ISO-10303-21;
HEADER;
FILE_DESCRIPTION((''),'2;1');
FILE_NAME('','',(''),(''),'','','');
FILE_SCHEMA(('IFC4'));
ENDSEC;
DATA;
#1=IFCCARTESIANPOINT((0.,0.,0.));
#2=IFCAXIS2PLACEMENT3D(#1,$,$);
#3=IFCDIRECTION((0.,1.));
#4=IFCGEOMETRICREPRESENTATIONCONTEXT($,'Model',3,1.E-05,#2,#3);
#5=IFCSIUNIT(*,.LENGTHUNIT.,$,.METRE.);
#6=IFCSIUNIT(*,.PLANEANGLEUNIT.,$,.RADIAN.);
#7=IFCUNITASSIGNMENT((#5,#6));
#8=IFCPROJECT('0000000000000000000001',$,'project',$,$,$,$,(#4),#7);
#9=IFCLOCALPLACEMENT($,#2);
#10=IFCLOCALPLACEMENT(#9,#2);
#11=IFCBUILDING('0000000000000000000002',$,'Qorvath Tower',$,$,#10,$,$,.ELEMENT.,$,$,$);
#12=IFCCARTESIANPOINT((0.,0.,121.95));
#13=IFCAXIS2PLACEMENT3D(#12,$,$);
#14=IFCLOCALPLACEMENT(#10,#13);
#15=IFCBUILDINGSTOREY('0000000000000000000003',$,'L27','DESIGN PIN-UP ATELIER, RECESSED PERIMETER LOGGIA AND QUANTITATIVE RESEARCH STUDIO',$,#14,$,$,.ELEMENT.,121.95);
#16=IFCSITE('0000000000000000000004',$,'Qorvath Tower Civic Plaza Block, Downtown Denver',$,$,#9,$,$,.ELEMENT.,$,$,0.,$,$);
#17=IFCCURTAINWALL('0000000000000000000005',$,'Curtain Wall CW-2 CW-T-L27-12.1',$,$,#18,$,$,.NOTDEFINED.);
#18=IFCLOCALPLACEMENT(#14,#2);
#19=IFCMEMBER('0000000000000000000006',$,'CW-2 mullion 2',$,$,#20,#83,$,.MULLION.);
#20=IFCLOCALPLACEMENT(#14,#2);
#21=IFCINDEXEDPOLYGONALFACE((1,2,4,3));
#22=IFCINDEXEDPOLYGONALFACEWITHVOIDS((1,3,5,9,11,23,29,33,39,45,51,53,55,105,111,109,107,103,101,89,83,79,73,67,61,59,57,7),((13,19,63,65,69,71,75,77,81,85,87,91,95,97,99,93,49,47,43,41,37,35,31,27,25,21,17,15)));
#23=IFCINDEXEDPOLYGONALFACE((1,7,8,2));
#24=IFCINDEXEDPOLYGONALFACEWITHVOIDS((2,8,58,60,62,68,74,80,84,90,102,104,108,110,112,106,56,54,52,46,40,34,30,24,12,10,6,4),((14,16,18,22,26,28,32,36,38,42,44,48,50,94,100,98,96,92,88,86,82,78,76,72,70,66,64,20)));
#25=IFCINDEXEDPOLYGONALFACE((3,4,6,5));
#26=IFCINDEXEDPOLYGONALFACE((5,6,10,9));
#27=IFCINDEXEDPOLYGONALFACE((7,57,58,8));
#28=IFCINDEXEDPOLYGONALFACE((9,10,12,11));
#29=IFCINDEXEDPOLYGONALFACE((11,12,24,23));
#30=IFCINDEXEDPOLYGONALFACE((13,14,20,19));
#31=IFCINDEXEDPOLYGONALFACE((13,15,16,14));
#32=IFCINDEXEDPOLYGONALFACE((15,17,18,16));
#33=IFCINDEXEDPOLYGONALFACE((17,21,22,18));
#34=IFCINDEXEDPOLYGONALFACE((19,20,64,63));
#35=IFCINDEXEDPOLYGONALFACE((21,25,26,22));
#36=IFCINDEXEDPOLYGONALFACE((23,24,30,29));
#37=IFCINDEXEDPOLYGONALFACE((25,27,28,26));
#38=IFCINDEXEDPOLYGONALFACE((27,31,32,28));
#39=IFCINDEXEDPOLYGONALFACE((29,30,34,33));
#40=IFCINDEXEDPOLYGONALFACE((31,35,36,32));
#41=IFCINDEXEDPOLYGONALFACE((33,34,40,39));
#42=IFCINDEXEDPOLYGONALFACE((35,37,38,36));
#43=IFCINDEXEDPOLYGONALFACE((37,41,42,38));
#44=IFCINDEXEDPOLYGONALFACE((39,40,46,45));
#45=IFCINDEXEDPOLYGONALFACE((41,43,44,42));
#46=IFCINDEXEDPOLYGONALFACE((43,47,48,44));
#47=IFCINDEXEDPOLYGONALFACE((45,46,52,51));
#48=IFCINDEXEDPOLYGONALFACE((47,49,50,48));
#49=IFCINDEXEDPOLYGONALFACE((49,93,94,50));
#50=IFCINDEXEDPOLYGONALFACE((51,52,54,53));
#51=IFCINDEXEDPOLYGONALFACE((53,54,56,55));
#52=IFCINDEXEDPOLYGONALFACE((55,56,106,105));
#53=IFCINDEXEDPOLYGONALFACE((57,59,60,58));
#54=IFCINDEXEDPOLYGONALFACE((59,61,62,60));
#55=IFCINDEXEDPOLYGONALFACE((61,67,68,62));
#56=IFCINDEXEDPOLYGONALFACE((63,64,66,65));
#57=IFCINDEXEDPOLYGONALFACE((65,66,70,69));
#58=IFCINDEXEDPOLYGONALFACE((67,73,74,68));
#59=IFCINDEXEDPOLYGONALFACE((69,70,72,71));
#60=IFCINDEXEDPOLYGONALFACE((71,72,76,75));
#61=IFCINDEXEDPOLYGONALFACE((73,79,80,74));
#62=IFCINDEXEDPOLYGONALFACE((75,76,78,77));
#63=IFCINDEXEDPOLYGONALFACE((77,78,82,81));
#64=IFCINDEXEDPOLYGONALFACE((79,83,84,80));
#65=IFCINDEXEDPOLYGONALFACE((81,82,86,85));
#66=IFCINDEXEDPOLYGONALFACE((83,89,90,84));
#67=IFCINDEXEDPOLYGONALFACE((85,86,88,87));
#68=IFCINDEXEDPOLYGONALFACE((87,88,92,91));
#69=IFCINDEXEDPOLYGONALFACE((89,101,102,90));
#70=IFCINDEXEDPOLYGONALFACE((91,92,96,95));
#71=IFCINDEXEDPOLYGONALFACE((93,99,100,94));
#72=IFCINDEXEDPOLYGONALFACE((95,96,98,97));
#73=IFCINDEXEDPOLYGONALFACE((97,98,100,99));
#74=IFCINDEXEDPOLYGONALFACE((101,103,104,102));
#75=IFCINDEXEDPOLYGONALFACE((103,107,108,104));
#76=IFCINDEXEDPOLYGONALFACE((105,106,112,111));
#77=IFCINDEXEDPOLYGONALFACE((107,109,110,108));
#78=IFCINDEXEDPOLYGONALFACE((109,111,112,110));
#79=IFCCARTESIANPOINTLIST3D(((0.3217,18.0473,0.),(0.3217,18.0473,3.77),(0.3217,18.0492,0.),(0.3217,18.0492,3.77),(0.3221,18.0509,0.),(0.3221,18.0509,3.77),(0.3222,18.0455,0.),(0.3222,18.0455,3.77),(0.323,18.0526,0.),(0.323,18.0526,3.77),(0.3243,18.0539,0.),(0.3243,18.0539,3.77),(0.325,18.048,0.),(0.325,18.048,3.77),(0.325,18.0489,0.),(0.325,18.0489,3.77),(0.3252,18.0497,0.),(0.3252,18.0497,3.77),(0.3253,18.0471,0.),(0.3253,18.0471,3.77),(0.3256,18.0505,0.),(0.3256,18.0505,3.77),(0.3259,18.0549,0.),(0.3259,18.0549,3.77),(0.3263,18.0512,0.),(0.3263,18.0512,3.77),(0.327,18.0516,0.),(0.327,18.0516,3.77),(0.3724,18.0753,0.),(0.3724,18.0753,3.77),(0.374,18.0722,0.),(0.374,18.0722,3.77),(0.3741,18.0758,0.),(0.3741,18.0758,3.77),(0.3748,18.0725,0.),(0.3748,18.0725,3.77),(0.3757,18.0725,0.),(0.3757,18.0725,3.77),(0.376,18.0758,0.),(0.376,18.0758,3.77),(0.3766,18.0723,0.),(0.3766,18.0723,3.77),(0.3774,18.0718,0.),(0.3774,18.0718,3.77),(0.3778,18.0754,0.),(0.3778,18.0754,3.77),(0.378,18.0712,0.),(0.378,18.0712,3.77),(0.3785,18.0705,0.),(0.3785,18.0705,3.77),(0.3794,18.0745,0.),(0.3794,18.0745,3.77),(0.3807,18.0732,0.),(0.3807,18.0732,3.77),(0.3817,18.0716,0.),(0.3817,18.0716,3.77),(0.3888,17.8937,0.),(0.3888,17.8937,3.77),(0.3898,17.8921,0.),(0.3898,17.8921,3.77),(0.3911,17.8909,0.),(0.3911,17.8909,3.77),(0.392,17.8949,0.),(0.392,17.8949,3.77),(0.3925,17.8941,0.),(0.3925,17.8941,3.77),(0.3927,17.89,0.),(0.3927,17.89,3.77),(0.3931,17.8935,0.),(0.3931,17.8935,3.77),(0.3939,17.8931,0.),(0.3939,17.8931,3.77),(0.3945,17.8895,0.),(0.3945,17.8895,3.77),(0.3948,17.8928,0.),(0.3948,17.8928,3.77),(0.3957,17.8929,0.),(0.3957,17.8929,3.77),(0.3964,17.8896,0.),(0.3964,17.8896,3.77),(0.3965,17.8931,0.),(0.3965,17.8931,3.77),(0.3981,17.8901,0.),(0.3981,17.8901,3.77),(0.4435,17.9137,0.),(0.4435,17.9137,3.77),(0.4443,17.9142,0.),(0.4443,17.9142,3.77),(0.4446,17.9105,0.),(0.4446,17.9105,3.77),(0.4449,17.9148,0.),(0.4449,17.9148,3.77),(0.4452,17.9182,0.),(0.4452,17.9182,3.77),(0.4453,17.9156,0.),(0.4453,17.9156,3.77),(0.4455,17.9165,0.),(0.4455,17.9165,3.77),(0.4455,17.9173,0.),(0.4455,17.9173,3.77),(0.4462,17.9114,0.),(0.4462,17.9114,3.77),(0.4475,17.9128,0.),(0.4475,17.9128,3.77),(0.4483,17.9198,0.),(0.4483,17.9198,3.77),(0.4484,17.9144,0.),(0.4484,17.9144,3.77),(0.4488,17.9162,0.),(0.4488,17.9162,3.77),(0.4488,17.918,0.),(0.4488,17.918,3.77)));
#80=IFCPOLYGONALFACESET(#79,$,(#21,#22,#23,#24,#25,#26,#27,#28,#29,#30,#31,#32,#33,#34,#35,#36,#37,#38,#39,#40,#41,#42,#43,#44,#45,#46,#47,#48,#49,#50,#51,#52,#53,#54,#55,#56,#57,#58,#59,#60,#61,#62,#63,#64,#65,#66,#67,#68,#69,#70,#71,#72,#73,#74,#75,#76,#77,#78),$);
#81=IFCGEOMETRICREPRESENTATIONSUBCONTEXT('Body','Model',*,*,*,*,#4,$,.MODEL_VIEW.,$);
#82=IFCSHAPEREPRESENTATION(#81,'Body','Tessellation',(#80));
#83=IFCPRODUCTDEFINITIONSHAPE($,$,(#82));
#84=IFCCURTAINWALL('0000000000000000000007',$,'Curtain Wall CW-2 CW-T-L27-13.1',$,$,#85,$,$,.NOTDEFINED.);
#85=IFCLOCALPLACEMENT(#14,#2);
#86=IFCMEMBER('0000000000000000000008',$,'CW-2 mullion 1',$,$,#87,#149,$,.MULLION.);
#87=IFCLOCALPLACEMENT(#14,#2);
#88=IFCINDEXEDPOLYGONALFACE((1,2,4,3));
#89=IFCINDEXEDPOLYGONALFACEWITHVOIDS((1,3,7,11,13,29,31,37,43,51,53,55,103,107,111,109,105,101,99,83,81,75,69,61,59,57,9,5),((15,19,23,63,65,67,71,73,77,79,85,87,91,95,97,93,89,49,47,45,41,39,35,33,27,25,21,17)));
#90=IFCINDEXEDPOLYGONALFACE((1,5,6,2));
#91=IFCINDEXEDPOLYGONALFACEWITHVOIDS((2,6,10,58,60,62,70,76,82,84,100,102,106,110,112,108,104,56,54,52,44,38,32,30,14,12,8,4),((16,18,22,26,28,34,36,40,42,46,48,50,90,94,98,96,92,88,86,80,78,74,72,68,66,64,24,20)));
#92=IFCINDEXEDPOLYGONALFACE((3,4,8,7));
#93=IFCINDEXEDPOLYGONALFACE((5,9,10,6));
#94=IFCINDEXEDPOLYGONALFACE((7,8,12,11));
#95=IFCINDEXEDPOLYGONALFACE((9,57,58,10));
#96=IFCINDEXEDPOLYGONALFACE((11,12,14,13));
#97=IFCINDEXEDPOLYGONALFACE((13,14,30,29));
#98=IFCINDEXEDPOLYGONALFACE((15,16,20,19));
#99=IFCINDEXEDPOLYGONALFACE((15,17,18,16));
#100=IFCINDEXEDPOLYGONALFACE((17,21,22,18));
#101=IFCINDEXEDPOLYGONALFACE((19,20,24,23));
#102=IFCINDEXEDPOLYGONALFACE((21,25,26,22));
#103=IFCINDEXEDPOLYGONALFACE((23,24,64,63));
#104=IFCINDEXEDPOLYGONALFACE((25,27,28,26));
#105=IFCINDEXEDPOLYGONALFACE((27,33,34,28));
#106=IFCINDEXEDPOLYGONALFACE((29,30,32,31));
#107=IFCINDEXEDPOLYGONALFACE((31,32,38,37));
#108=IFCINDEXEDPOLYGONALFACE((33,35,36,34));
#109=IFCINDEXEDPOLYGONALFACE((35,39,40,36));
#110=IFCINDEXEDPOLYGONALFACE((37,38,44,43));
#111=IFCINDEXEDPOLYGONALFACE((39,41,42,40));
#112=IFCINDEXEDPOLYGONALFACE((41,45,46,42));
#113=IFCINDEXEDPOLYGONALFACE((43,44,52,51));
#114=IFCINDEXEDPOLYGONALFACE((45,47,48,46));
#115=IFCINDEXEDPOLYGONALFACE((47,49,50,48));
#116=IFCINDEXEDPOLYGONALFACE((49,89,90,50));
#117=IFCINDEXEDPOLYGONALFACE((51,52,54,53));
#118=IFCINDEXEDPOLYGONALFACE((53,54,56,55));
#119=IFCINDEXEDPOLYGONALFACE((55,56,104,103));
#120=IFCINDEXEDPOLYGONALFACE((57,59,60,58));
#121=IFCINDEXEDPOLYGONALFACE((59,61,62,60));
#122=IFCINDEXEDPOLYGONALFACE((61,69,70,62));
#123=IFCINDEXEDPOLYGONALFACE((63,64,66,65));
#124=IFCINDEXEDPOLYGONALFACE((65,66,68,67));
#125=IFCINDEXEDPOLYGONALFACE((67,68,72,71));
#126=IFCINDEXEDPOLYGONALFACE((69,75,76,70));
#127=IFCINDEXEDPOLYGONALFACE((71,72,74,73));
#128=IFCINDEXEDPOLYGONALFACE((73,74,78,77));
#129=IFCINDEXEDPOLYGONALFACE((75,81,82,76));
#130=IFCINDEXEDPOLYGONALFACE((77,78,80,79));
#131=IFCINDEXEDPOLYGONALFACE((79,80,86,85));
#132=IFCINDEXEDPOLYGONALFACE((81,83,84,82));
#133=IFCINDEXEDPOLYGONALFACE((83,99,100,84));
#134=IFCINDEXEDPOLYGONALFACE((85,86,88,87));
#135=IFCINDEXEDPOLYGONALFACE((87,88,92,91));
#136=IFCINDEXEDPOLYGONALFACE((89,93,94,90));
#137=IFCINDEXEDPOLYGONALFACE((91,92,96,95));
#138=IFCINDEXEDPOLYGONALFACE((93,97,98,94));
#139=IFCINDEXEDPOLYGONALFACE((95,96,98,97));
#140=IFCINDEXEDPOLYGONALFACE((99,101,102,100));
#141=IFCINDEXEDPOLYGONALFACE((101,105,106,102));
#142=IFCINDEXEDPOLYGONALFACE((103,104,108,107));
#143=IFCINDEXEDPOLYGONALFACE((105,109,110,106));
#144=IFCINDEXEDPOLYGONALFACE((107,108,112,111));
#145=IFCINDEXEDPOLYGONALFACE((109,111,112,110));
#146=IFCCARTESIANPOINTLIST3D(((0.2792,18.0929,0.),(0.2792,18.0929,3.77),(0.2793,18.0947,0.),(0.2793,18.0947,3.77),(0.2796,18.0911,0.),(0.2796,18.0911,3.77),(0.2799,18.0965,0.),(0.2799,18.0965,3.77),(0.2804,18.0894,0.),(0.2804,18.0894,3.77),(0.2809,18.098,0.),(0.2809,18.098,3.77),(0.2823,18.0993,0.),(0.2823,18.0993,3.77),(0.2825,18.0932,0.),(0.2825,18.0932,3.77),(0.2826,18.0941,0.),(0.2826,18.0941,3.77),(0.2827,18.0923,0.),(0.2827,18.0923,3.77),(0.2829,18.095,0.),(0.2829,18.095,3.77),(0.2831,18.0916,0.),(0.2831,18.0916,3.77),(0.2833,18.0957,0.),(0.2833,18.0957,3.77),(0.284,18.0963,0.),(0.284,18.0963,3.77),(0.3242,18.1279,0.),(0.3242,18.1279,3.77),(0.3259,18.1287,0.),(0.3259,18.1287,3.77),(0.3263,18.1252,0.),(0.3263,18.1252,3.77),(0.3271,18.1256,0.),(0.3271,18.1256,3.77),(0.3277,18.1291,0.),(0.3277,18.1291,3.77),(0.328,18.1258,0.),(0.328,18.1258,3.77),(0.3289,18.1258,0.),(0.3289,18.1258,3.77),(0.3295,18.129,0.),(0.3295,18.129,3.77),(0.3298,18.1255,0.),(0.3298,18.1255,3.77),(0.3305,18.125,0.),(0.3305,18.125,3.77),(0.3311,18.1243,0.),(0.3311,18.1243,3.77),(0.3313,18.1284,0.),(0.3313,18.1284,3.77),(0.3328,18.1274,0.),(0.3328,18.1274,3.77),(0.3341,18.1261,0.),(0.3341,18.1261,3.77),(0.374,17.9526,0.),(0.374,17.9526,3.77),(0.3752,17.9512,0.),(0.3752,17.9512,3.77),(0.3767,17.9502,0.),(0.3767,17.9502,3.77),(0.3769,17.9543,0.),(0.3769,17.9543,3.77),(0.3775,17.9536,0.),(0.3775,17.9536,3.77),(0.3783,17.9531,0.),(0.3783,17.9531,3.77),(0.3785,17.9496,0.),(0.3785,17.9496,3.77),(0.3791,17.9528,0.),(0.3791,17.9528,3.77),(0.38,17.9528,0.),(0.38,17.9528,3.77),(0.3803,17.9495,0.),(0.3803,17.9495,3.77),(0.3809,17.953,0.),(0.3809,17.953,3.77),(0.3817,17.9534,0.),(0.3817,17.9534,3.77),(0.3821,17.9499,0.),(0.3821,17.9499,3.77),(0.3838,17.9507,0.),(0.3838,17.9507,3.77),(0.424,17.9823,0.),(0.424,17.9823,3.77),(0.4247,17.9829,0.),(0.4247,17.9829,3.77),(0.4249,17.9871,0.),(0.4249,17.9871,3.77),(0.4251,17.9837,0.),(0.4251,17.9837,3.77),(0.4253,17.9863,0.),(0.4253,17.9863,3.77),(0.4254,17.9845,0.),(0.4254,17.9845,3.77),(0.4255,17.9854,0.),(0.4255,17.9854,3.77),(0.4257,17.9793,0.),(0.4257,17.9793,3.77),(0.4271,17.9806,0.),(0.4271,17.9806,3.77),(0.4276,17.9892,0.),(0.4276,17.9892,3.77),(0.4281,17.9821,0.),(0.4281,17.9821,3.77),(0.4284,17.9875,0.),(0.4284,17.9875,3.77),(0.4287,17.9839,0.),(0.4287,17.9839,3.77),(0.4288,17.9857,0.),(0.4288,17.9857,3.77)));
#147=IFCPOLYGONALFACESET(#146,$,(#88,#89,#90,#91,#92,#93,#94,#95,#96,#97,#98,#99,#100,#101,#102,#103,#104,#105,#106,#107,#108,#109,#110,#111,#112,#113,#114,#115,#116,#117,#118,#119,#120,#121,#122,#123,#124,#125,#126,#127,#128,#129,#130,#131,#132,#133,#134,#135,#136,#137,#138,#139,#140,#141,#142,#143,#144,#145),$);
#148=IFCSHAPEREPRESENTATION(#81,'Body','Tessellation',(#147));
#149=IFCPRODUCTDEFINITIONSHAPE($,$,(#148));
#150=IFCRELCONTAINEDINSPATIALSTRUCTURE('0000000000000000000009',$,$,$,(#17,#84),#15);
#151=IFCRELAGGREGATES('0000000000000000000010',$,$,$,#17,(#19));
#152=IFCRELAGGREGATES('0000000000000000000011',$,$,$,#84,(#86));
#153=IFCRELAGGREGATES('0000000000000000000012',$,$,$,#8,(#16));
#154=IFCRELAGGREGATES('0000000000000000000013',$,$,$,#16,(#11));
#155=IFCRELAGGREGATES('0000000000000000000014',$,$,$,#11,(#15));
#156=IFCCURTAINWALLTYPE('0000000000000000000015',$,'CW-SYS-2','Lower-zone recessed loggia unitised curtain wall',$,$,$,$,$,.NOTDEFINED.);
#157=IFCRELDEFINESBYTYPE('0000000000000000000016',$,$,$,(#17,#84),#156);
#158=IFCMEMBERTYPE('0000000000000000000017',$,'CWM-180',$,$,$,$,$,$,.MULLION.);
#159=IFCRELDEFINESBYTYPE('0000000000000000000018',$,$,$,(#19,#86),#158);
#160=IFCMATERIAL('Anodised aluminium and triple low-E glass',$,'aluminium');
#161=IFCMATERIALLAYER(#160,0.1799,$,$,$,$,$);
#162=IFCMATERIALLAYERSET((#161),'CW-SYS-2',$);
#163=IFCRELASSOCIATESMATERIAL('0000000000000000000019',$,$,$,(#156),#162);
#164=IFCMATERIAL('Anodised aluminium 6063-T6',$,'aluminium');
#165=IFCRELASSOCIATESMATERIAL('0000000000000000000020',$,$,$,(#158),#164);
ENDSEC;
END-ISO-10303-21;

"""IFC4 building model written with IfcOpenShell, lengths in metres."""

from ifc_helpers import new_model, si_unit, direction, frame, origin, origin_2d, place, context, subcontext, project, spatial, hollow_rectangle, extrude, material, layer, layer_set, material_profile, profile_set, type_object, element, aggregate, save


model = new_model("IFC4")

# Units and contexts
model_context = context("Model", 3, precision=1e-05, world=origin(), true_north=direction((0.0, 1.0)))
body_context = subcontext(model_context, "Body", "Model", "MODEL_VIEW")
ifc_project = project(units=[si_unit("LENGTHUNIT", "METRE"), si_unit("PLANEANGLEUNIT", "RADIAN")], contexts=[model_context])

# Site, building, storey
site_placement = place(None, origin())
site = spatial("IfcSite", under=ifc_project, at=site_placement, Name="Qorvath Tower Civic Plaza Block, Downtown Denver", CompositionType="ELEMENT", RefElevation=0.0)
building_placement = place(site_placement, origin())
building = spatial("IfcBuilding", under=site, at=building_placement, Name="Qorvath Tower", CompositionType="ELEMENT")
storey_placement = place(building_placement, frame((0.0, 0.0, 121.95)))
storey = spatial("IfcBuildingStorey", under=building, at=storey_placement, Name="L27", Description="DESIGN PIN-UP ATELIER, RECESSED PERIMETER LOGGIA AND QUANTITATIVE RESEARCH STUDIO", CompositionType="ELEMENT", Elevation=121.95)

# Shared definitions
ifc_material_1 = material(Name="Anodised aluminium and triple low-E glass", Category="aluminium")
ifc_layer_1 = layer(ifc_material_1, 0.1799)
ifc_layer_set_1 = layer_set([ifc_layer_1], Name="CW-SYS-2")
curtain_wall_type = type_object("IfcCurtainWallType", Name="CW-SYS-2", Description="Lower-zone recessed loggia unitised curtain wall", PredefinedType="NOTDEFINED", material=ifc_layer_set_1)
ifc_material_2 = material(Name="Anodised aluminium 6063-T6", Category="aluminium")
ifc_material_profile_1 = material_profile(ifc_material_2, hollow_rectangle(XDim=0.0649, YDim=0.1799, WallThickness=0.0034, InnerFilletRadius=0.0034, OuterFilletRadius=0.0071, at=origin_2d()), Name="CWM 180x65")
ifc_profile_set_1 = profile_set([ifc_material_profile_1], Name="Anodised aluminium 6063-T6")
member_type_1 = type_object("IfcMemberType", Name="CWM-180", PredefinedType="MULLION", material=ifc_profile_set_1)

# Curtain wall, member
curtain_wall_1_placement = place(storey_placement, origin())
curtain_wall_1 = element("IfcCurtainWall", 1, at=curtain_wall_1_placement, inside=storey, type_object=curtain_wall_type, Name="Curtain Wall CW-2 CW-T-L27-12.1", PredefinedType="NOTDEFINED")
member_1_placement = place(storey_placement, frame((0.3853, 17.9827, 0.0), z_axis=(0.0, 0.0, 1.0), x_axis=(-0.915794, -0.401649, 0.0)))
member_1 = element("IfcMember", 2, at=member_1_placement, type_object=member_type_1, Name="CW-2 mullion 2", PredefinedType="MULLION", context=body_context, shape_type="SweptSolid", body=[
    extrude(hollow_rectangle(XDim=0.0649, YDim=0.1799, WallThickness=0.0034, InnerFilletRadius=0.0034, OuterFilletRadius=0.0071, at=origin_2d()), origin(), (0.0, 0.0, 1.0), 3.77),
])

# Curtain wall, member
curtain_wall_2_placement = place(storey_placement, origin())
curtain_wall_2 = element("IfcCurtainWall", 3, at=curtain_wall_2_placement, inside=storey, type_object=curtain_wall_type, Name="Curtain Wall CW-2 CW-T-L27-13.1", PredefinedType="NOTDEFINED")
member_2_placement = place(storey_placement, frame((0.354, 18.0393, 0.0), z_axis=(0.0, 0.0, 1.0), x_axis=(-0.825663, -0.564164, 0.0)))
member_2 = element("IfcMember", 4, at=member_2_placement, type_object=member_type_1, Name="CW-2 mullion 1", PredefinedType="MULLION", context=body_context, shape_type="SweptSolid", body=[
    extrude(hollow_rectangle(XDim=0.0649, YDim=0.1799, WallThickness=0.0034, InnerFilletRadius=0.0034, OuterFilletRadius=0.0071, at=origin_2d()), origin(), (0.0, 0.0, 1.0), 3.77),
])

aggregate(curtain_wall_1, [member_1])
aggregate(curtain_wall_2, [member_2])

save(model, "model.ifc")
